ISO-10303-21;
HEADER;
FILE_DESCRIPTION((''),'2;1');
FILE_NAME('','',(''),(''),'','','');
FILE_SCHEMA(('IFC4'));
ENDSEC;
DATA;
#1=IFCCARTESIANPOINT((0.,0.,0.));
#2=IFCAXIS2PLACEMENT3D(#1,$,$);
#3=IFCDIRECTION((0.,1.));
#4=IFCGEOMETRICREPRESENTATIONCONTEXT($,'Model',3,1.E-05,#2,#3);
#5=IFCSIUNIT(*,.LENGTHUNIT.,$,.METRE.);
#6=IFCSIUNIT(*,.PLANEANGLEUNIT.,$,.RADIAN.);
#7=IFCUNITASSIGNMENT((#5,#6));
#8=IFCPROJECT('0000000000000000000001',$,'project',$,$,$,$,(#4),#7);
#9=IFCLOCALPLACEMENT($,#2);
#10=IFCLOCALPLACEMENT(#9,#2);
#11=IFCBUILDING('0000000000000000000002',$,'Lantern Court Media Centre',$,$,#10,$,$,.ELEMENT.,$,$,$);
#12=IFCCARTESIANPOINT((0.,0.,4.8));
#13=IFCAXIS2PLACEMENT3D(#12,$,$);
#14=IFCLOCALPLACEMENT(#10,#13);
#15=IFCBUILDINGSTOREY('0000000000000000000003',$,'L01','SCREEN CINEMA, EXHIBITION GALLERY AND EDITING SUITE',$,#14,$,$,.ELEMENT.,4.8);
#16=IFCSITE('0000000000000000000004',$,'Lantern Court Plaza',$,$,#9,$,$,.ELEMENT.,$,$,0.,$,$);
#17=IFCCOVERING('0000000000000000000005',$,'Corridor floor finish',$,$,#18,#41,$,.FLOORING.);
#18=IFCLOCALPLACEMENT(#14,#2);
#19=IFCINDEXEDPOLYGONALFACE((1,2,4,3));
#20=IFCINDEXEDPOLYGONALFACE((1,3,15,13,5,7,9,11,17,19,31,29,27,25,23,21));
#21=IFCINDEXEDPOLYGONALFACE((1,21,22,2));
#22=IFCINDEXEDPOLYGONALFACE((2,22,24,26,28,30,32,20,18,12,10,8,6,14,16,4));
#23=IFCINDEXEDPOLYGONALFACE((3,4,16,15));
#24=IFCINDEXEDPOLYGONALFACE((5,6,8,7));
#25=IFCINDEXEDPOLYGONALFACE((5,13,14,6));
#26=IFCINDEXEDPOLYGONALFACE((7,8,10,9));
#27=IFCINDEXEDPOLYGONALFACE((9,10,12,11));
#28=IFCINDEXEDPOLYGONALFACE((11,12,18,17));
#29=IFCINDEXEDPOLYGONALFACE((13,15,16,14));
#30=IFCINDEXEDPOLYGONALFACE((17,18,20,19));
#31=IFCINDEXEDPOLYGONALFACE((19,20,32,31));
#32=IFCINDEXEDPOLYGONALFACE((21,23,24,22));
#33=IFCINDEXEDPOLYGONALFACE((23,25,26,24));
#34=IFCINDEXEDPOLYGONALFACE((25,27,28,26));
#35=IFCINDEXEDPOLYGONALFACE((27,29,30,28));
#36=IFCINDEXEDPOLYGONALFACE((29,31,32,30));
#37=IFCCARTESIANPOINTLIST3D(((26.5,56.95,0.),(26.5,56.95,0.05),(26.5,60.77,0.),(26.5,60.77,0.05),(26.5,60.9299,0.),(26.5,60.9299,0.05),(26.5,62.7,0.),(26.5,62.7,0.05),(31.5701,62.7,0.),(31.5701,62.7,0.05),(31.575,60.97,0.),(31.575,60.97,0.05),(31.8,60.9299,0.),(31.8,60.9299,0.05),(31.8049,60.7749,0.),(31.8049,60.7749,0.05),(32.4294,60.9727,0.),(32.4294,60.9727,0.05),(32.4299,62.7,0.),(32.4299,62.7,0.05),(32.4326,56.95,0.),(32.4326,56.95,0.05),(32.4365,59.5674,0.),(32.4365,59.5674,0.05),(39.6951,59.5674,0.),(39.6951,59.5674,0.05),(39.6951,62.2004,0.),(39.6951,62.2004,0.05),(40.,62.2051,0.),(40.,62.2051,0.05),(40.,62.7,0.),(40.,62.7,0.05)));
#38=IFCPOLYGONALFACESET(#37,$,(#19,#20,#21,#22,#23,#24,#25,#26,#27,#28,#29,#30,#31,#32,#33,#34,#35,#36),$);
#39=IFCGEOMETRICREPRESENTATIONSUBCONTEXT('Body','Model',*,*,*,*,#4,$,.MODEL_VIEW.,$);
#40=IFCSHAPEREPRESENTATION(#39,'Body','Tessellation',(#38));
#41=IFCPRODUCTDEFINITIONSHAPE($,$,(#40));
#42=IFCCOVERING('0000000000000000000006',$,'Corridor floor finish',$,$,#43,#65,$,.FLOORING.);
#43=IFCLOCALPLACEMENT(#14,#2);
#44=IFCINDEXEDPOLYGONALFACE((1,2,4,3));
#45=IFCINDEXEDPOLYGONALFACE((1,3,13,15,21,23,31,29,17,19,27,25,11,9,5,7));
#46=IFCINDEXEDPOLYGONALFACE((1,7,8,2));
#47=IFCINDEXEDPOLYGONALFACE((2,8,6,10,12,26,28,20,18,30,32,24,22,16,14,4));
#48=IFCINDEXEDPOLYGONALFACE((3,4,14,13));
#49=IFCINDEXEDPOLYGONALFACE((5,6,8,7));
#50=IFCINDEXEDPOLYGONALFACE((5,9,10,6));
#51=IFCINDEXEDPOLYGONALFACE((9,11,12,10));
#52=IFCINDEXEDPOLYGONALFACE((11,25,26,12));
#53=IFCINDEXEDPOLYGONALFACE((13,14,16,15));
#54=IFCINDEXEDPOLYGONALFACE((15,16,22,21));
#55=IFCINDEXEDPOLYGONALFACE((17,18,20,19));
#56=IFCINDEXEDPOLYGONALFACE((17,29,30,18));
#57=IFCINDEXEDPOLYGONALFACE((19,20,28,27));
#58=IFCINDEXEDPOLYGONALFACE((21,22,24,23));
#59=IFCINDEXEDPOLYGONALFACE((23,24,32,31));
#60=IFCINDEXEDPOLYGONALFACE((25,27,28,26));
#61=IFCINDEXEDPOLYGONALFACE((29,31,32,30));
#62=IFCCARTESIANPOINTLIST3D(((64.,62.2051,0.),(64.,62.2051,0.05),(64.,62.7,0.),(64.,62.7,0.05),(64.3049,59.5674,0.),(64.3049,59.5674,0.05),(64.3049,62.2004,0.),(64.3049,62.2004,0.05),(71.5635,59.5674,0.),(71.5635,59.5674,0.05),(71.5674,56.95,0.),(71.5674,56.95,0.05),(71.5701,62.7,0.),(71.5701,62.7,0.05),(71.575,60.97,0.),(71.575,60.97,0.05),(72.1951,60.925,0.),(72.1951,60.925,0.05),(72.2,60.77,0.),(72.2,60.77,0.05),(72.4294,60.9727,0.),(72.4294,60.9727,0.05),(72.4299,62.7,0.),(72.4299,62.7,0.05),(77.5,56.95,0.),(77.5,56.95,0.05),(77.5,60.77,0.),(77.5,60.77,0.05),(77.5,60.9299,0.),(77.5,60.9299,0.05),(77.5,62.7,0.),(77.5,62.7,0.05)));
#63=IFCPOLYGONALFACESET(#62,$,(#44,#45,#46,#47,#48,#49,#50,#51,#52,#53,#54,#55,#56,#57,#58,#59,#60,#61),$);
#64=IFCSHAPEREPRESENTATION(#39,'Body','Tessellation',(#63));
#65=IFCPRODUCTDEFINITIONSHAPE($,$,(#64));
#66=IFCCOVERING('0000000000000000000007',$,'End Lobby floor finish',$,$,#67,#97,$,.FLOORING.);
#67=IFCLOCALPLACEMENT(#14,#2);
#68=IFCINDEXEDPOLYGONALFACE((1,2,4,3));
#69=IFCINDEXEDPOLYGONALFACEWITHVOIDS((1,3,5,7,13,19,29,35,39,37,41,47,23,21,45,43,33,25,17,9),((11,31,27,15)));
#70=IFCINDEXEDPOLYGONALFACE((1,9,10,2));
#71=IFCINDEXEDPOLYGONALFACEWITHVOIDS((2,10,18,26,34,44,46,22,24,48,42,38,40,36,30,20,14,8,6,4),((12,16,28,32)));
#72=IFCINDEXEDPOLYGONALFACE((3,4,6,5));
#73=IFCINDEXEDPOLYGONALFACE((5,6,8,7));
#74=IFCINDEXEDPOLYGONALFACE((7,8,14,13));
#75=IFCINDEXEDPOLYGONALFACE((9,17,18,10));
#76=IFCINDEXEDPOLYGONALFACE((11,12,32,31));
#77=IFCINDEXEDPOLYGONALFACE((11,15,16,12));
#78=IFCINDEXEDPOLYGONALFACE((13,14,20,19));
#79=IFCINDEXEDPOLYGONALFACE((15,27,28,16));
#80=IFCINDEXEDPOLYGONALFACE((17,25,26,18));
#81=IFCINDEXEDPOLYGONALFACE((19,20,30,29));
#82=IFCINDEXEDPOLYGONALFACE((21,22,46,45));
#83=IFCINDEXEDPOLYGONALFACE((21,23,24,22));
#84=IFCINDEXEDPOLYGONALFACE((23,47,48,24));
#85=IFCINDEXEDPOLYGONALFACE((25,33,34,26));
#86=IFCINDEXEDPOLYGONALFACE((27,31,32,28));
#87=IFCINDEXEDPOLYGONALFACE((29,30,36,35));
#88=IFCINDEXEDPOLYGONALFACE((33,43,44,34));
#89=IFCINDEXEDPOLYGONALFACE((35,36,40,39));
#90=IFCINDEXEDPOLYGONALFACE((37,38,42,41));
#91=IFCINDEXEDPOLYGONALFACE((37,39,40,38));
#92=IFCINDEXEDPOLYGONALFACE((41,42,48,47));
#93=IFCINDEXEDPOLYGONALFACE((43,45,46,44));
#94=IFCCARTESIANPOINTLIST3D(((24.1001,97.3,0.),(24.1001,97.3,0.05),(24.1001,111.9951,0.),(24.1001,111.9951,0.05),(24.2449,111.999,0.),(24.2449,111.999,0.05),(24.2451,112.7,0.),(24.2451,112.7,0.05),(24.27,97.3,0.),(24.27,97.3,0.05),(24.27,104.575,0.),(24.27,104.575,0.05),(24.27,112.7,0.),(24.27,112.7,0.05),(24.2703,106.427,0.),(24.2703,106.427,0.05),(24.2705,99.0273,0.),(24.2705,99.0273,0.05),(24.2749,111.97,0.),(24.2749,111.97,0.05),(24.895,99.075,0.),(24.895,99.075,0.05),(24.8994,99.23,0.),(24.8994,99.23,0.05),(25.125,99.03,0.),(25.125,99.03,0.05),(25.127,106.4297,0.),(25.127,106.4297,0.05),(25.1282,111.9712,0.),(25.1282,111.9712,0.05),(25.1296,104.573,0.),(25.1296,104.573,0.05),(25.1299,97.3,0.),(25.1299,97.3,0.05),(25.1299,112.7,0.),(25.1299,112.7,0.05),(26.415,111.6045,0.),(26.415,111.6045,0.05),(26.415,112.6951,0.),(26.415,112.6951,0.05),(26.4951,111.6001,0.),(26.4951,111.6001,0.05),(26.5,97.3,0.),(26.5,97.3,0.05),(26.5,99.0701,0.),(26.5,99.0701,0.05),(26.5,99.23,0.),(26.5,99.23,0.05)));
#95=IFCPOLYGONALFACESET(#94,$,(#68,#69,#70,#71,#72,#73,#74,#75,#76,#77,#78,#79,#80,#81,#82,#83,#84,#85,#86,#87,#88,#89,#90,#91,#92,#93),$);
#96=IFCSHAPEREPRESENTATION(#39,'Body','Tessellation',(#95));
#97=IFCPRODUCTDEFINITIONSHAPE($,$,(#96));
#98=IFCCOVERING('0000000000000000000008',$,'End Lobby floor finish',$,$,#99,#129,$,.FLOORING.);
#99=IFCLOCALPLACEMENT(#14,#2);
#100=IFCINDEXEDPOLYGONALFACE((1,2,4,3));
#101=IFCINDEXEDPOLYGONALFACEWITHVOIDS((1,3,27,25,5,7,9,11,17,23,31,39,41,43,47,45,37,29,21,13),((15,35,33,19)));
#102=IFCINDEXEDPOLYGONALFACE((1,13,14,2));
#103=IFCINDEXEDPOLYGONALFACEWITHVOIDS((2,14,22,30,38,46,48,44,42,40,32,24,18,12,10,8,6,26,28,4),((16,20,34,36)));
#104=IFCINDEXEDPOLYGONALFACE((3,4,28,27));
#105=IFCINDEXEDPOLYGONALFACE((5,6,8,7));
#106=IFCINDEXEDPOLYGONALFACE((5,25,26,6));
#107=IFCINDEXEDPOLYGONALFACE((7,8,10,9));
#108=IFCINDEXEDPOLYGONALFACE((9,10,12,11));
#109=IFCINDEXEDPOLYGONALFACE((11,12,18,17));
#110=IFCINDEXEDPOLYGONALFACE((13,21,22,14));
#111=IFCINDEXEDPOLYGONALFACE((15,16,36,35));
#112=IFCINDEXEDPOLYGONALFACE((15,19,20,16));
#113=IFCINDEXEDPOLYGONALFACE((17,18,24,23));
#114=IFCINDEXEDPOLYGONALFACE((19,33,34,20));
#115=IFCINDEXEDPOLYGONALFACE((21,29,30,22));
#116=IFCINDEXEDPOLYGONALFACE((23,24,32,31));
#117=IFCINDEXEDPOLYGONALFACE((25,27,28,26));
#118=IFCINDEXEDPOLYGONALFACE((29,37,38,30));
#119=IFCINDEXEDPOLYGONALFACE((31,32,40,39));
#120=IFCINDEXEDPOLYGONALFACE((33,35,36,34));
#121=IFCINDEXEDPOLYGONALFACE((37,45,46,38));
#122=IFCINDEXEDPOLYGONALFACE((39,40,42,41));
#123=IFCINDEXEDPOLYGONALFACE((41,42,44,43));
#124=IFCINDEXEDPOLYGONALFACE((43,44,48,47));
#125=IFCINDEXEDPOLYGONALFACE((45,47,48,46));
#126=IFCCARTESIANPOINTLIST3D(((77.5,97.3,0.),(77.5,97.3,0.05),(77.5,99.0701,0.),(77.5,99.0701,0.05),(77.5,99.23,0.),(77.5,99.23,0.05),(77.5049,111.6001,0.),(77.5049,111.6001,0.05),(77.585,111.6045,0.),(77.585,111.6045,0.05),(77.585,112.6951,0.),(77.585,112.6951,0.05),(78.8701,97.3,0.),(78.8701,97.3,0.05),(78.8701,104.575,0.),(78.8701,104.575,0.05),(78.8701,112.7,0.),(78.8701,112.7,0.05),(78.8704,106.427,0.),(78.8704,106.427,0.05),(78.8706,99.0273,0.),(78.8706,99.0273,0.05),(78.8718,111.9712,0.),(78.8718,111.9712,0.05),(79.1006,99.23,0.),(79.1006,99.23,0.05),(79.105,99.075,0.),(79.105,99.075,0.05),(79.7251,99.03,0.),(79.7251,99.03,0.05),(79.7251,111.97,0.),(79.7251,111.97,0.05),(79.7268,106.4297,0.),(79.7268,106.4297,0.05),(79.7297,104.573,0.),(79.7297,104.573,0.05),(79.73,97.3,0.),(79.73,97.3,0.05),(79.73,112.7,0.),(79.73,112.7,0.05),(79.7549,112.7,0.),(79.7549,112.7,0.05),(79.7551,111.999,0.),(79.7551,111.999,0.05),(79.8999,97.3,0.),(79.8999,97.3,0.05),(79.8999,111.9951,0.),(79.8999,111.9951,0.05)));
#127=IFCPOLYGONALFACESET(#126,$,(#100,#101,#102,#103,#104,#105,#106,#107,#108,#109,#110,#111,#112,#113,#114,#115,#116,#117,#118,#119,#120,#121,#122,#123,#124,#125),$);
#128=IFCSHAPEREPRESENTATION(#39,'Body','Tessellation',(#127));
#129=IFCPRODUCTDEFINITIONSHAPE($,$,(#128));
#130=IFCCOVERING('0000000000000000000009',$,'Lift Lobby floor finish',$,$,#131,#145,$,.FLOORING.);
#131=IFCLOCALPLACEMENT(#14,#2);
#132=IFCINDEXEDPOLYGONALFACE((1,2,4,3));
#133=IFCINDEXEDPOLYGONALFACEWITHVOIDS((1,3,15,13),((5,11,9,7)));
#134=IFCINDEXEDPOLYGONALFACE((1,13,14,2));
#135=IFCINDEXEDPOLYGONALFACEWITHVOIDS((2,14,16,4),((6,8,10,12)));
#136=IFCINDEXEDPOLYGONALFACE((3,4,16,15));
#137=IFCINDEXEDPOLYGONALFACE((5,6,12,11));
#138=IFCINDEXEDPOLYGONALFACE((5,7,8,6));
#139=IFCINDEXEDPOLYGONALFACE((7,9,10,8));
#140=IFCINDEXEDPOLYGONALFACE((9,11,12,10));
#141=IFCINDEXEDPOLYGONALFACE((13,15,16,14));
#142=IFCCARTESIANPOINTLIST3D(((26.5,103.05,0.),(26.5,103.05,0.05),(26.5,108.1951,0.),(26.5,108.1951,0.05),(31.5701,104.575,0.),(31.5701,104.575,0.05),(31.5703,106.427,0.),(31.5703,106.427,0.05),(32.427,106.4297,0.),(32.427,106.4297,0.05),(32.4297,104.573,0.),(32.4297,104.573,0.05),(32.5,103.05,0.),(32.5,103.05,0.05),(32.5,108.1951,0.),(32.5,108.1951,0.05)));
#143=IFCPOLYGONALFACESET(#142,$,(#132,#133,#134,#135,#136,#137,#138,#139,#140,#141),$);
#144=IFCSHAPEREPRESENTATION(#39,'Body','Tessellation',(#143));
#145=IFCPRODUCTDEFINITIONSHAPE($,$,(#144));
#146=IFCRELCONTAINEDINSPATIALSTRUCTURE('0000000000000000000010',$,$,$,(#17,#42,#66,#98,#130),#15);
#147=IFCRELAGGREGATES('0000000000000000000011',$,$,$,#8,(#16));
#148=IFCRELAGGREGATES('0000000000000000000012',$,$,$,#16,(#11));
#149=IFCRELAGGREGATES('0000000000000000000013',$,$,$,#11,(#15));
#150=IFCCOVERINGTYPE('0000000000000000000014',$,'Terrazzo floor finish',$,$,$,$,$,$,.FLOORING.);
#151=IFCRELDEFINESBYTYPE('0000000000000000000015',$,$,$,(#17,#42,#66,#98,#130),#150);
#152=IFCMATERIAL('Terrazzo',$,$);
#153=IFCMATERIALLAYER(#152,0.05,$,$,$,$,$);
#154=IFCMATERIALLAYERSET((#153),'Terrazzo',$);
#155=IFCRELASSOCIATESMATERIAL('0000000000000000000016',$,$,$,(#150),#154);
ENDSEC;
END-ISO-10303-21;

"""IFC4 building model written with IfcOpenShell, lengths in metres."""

from ifc_helpers import new_model, si_unit, direction, frame, origin, place, context, subcontext, project, spatial, polyline, outline, extrude, material, layer, layer_set, type_object, element, save


model = new_model("IFC4")

# Units and contexts
model_context = context("Model", 3, precision=1e-05, world=origin(), true_north=direction((0.0, 1.0)))
body_context = subcontext(model_context, "Body", "Model", "MODEL_VIEW")
ifc_project = project(units=[si_unit("LENGTHUNIT", "METRE"), si_unit("PLANEANGLEUNIT", "RADIAN")], contexts=[model_context])

# Site, building, storey
site_placement = place(None, origin())
site = spatial("IfcSite", under=ifc_project, at=site_placement, Name="Lantern Court Plaza", CompositionType="ELEMENT", RefElevation=0.0)
building_placement = place(site_placement, origin())
building = spatial("IfcBuilding", under=site, at=building_placement, Name="Lantern Court Media Centre", CompositionType="ELEMENT")
storey_placement = place(building_placement, frame((0.0, 0.0, 4.8)))
storey = spatial("IfcBuildingStorey", under=building, at=storey_placement, Name="L01", Description="SCREEN CINEMA, EXHIBITION GALLERY AND EDITING SUITE", CompositionType="ELEMENT", Elevation=4.8)

# Coverings
ifc_material_1 = material(Name="Terrazzo")
ifc_layer_1 = layer(ifc_material_1, 0.05)
ifc_layer_set_1 = layer_set([ifc_layer_1], Name="Terrazzo")
covering_type_1 = type_object("IfcCoveringType", Name="Terrazzo floor finish", PredefinedType="FLOORING", material=ifc_layer_set_1)
covering_1_placement = place(storey_placement, origin())
element("IfcCovering", 1, at=covering_1_placement, inside=storey, type_object=covering_type_1, Name="Corridor floor finish", PredefinedType="FLOORING", context=body_context, shape_type="SweptSolid", body=[
    extrude(outline(polyline([(40.0, 62.7), (40.0, 62.2051), (39.6951, 62.2004), (39.6951, 59.5674), (32.4365, 59.5674), (32.4326, 56.95), (26.5, 56.95), (26.5, 60.77), (31.8049, 60.7749), (31.8, 60.9299), (26.5, 60.9299), (26.5, 62.7), (31.5701, 62.7), (31.575, 60.97), (32.4294, 60.9727), (32.4299, 62.7), (40.0, 62.7)])), origin(), (0.0, 0.0, 1.0), 0.05),
])
covering_2_placement = place(storey_placement, origin())
element("IfcCovering", 2, at=covering_2_placement, inside=storey, type_object=covering_type_1, Name="Corridor floor finish", PredefinedType="FLOORING", context=body_context, shape_type="SweptSolid", body=[
    extrude(outline(polyline([(77.5, 62.7), (77.5, 60.9299), (72.1951, 60.925), (72.2, 60.77), (77.5, 60.77), (77.5, 56.95), (71.5674, 56.95), (71.5635, 59.5674), (64.3049, 59.5674), (64.3049, 62.2004), (64.0, 62.2051), (64.0, 62.7), (71.5701, 62.7), (71.575, 60.97), (72.4294, 60.9727), (72.4299, 62.7), (77.5, 62.7)])), origin(), (0.0, 0.0, 1.0), 0.05),
])
covering_3_placement = place(storey_placement, origin())
element("IfcCovering", 3, at=covering_3_placement, inside=storey, type_object=covering_type_1, Name="End Lobby floor finish", PredefinedType="FLOORING", context=body_context, shape_type="SweptSolid", body=[
    extrude(outline(polyline([(26.5, 97.3), (25.1299, 97.3), (25.125, 99.03), (24.2705, 99.0273), (24.27, 97.3), (24.1001, 97.3), (24.1001, 111.9951), (24.2449, 111.999), (24.2451, 112.7), (24.27, 112.7), (24.2749, 111.97), (25.1282, 111.9712), (25.1299, 112.7), (26.415, 112.6951), (26.415, 111.6045), (26.4951, 111.6001), (26.5, 99.23), (24.8994, 99.23), (24.895, 99.075), (26.5, 99.0701), (26.5, 97.3)]), holes=[polyline([(24.27, 104.575), (25.1296, 104.573), (25.127, 106.4297), (24.2703, 106.427), (24.27, 104.575)])]), origin(), (0.0, 0.0, 1.0), 0.05),
])
covering_4_placement = place(storey_placement, origin())
element("IfcCovering", 4, at=covering_4_placement, inside=storey, type_object=covering_type_1, Name="End Lobby floor finish", PredefinedType="FLOORING", context=body_context, shape_type="SweptSolid", body=[
    extrude(outline(polyline([(79.8999, 97.3), (79.73, 97.3), (79.7251, 99.03), (78.8706, 99.0273), (78.8701, 97.3), (77.5, 97.3), (77.5, 99.0701), (79.105, 99.075), (79.1006, 99.23), (77.5, 99.23), (77.5049, 111.6001), (77.585, 111.6045), (77.585, 112.6951), (78.8701, 112.7), (78.8718, 111.9712), (79.7251, 111.97), (79.73, 112.7), (79.7549, 112.7), (79.7551, 111.999), (79.8999, 111.9951), (79.8999, 97.3)]), holes=[polyline([(78.8701, 104.575), (79.7297, 104.573), (79.7268, 106.4297), (78.8704, 106.427), (78.8701, 104.575)])]), origin(), (0.0, 0.0, 1.0), 0.05),
])
covering_5_placement = place(storey_placement, origin())
element("IfcCovering", 5, at=covering_5_placement, inside=storey, type_object=covering_type_1, Name="Lift Lobby floor finish", PredefinedType="FLOORING", context=body_context, shape_type="SweptSolid", body=[
    extrude(outline(polyline([(32.5, 103.05), (26.5, 103.05), (26.5, 108.1951), (32.5, 108.1951), (32.5, 103.05)]), holes=[polyline([(31.5701, 104.575), (32.4297, 104.573), (32.427, 106.4297), (31.5703, 106.427), (31.5701, 104.575)])]), origin(), (0.0, 0.0, 1.0), 0.05),
])

save(model, "model.ifc")
